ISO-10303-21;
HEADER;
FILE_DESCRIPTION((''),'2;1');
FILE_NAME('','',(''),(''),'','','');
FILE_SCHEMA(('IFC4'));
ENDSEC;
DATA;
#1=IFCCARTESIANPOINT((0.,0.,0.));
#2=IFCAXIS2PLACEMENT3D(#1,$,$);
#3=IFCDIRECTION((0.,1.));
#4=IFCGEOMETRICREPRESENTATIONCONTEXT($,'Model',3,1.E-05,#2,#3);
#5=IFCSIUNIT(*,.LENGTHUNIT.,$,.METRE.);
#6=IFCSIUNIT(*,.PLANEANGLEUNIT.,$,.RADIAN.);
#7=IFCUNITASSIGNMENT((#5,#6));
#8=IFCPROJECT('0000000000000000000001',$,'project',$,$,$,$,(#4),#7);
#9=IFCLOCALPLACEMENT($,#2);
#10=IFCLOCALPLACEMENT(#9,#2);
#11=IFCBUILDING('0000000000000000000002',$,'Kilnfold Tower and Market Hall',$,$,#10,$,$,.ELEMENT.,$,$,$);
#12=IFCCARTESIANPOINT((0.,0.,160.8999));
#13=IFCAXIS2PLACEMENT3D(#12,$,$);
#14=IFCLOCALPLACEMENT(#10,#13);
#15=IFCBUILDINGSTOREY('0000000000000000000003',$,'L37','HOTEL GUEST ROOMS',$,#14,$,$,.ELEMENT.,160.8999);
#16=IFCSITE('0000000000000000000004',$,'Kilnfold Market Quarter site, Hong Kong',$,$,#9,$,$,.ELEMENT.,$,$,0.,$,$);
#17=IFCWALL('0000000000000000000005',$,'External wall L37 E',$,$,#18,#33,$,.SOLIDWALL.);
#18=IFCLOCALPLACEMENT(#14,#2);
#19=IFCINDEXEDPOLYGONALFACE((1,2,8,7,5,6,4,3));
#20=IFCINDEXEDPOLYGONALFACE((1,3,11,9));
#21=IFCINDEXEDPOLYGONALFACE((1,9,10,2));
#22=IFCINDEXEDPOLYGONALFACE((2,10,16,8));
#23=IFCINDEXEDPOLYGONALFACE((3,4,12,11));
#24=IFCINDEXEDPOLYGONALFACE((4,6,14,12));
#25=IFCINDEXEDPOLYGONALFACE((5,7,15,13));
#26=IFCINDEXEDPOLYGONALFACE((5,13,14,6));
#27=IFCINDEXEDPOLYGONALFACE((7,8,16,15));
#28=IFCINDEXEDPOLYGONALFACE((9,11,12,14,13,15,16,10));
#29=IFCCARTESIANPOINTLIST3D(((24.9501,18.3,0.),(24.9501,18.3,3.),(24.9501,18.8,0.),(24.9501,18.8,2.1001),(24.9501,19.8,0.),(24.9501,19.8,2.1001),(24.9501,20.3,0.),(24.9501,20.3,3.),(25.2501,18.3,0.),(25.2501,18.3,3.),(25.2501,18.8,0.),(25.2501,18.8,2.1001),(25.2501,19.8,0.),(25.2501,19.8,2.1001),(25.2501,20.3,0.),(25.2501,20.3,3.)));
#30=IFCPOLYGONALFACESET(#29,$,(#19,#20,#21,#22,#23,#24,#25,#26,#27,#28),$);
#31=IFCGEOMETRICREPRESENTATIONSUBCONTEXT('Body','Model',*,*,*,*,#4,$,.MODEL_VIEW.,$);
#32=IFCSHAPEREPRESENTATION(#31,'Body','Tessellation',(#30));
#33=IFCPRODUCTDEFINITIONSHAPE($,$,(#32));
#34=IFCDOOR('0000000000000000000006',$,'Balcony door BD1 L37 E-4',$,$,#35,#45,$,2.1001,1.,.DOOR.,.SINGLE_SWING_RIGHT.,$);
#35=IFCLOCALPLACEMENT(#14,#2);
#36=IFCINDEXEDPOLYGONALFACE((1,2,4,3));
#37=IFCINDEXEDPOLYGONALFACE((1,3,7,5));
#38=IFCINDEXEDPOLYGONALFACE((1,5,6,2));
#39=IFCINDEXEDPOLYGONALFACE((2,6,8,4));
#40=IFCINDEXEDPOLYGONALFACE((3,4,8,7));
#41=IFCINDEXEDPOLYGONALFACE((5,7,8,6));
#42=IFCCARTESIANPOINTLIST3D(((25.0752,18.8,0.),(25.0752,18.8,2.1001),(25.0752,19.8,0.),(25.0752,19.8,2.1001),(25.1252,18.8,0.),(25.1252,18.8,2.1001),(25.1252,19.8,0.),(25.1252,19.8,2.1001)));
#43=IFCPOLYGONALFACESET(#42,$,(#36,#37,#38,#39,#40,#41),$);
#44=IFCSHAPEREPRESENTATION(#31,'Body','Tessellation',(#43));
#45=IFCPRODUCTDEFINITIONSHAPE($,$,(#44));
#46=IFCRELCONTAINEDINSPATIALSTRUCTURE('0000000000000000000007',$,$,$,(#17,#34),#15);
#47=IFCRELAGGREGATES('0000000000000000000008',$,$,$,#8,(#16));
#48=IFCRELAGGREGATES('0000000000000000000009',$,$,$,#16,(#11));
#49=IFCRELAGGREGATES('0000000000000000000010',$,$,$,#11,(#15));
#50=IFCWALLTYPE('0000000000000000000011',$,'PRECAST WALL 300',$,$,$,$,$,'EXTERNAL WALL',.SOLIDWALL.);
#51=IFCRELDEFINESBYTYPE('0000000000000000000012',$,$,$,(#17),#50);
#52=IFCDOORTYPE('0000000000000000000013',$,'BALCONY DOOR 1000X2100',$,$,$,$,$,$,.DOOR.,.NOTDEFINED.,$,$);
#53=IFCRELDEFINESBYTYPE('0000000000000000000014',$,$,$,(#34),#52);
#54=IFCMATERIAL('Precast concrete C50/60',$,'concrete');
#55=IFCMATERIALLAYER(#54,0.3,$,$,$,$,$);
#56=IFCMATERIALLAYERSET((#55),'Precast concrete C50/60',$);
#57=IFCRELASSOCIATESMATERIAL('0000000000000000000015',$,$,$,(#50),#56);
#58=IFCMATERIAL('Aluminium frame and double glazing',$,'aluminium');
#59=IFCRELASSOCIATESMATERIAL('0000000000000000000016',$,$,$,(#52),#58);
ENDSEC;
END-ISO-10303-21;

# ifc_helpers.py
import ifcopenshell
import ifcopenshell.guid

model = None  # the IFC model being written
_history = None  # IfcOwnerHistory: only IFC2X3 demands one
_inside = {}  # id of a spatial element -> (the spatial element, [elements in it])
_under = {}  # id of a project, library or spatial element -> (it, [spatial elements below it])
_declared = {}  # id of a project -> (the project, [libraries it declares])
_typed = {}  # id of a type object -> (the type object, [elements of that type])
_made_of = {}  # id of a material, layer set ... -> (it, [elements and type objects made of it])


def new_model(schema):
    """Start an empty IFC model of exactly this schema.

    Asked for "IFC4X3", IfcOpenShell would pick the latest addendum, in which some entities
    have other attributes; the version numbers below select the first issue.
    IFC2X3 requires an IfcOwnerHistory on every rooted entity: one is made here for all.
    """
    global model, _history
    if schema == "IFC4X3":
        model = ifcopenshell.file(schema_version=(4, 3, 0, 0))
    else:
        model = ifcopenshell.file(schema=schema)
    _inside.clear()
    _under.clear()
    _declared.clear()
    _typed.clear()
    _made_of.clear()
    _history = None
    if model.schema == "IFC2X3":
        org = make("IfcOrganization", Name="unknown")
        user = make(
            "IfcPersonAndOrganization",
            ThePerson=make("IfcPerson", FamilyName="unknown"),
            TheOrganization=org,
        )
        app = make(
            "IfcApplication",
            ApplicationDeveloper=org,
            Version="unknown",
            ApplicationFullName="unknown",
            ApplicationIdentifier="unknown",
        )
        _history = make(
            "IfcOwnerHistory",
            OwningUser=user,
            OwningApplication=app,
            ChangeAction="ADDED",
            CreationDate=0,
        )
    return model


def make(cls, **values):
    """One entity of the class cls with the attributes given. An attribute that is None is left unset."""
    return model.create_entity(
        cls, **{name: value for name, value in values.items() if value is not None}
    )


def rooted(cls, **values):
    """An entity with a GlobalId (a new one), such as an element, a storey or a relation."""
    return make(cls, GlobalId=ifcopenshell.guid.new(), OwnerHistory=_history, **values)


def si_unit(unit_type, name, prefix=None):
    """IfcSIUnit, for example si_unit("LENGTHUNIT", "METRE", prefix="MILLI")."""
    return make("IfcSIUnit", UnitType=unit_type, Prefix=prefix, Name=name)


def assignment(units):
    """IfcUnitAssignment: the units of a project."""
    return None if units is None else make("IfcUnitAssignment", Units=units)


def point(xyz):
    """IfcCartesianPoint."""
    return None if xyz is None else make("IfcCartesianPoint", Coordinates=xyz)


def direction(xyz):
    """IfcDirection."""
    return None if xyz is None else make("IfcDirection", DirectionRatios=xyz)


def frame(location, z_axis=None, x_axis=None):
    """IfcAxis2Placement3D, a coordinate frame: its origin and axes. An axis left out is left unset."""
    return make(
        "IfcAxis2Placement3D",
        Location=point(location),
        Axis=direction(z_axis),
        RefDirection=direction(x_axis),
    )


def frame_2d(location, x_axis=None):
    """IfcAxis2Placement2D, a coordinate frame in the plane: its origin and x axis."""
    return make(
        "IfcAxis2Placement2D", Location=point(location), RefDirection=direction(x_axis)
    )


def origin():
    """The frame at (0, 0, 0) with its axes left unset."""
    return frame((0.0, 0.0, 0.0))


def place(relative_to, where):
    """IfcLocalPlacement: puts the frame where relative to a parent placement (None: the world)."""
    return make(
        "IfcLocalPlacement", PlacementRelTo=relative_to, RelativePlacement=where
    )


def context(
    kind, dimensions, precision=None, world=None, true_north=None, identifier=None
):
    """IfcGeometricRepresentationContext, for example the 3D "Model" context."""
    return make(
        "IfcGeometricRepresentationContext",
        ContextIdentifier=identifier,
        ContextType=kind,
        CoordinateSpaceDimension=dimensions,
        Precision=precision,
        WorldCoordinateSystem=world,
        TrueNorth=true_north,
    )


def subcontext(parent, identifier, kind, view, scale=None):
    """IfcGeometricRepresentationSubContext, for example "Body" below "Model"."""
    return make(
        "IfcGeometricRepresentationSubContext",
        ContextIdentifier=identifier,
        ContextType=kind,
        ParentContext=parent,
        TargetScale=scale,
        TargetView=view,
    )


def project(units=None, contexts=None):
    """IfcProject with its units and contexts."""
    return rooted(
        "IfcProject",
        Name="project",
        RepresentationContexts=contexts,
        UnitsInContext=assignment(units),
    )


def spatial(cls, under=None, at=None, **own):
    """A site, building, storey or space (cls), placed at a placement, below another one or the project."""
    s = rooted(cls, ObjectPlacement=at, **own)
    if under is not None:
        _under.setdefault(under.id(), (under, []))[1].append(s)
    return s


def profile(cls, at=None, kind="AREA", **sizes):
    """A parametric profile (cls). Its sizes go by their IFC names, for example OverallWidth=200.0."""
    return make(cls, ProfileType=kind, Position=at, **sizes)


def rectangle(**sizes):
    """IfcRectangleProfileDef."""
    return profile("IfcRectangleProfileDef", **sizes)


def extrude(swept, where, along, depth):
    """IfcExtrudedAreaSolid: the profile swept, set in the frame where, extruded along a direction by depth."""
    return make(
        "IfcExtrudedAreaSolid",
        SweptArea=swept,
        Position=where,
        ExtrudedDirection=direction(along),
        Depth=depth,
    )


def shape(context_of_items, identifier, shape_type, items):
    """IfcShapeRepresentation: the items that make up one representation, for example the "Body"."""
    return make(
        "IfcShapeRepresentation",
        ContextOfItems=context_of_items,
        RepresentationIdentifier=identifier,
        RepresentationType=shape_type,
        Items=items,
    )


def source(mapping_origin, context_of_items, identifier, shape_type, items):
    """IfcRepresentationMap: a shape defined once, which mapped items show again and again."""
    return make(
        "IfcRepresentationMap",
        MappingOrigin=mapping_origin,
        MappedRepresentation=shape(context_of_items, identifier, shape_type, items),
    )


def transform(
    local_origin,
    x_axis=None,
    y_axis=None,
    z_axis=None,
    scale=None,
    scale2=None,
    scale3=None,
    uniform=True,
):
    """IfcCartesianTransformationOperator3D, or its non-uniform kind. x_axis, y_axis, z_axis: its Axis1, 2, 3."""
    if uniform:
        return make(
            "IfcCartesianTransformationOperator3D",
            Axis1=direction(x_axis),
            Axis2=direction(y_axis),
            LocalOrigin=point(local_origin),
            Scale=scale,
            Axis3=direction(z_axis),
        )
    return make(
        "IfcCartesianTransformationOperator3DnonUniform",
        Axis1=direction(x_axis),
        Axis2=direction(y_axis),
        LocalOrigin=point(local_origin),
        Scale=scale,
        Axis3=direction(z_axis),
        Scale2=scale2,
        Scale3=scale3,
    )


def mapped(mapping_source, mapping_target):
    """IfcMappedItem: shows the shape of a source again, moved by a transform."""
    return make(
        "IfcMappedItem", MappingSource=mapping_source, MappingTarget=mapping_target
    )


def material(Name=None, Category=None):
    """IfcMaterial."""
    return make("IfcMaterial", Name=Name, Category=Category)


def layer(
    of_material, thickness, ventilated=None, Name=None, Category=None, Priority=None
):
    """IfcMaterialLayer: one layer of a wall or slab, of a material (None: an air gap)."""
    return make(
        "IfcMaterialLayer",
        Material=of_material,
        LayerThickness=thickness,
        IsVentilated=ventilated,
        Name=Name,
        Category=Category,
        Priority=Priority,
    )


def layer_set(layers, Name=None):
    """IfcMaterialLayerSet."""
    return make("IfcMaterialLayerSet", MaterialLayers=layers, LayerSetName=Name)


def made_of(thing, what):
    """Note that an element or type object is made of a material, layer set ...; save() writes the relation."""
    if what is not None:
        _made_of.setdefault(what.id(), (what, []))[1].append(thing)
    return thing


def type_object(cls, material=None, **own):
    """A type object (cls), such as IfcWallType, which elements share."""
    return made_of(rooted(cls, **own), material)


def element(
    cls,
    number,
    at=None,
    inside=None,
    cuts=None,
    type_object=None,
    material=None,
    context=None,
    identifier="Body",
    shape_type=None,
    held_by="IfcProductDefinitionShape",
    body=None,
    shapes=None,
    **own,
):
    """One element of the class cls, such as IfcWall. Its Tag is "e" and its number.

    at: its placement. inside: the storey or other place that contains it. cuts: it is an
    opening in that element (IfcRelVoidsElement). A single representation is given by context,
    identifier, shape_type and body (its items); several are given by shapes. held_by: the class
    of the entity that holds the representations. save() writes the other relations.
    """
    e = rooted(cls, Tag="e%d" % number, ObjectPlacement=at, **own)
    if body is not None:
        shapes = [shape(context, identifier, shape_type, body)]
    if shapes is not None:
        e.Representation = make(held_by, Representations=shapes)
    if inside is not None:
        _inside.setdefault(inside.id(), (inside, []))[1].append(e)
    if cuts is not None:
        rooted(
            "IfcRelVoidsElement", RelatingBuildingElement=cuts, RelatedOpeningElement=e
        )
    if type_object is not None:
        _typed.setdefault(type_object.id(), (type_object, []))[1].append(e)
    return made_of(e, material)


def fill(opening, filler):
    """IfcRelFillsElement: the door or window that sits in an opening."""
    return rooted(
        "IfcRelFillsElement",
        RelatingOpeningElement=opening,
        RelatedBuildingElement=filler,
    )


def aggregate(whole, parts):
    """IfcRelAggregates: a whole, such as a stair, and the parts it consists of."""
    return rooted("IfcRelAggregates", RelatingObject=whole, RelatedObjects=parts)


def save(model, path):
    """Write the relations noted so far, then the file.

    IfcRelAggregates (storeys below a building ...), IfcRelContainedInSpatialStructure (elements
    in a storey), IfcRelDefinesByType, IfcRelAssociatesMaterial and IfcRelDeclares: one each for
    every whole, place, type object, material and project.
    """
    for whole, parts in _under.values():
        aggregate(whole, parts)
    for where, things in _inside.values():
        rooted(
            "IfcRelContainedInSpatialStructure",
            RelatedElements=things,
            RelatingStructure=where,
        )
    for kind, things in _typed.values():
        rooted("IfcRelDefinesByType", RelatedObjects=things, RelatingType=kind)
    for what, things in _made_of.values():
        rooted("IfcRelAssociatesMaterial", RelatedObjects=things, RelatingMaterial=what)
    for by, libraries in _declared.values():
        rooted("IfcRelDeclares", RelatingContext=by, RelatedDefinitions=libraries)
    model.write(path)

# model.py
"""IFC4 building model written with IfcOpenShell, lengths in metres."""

from ifc_helpers import new_model, si_unit, direction, frame, frame_2d, origin, place, context, subcontext, project, spatial, rectangle, extrude, source, transform, mapped, material, layer, layer_set, type_object, element, fill, save


model = new_model("IFC4")

# Units and contexts
model_context = context("Model", 3, precision=1e-05, world=origin(), true_north=direction((0.0, 1.0)))
body_context = subcontext(model_context, "Body", "Model", "MODEL_VIEW")
ifc_project = project(units=[si_unit("LENGTHUNIT", "METRE"), si_unit("PLANEANGLEUNIT", "RADIAN")], contexts=[model_context])

# Site, building, storey
site_placement = place(None, origin())
site = spatial("IfcSite", under=ifc_project, at=site_placement, Name="Kilnfold Market Quarter site, Hong Kong", CompositionType="ELEMENT", RefElevation=0.0)
building_placement = place(site_placement, origin())
building = spatial("IfcBuilding", under=site, at=building_placement, Name="Kilnfold Tower and Market Hall", CompositionType="ELEMENT")
storey_placement = place(building_placement, frame((0.0, 0.0, 160.8999)))
storey = spatial("IfcBuildingStorey", under=building, at=storey_placement, Name="L37", Description="HOTEL GUEST ROOMS", CompositionType="ELEMENT", Elevation=160.8999)

# Wall, opening, door
ifc_material_1 = material(Name="Precast concrete C50/60", Category="concrete")
ifc_layer_1 = layer(ifc_material_1, 0.3)
ifc_layer_set_1 = layer_set([ifc_layer_1], Name="Precast concrete C50/60")
wall_type_1 = type_object("IfcWallType", Name="PRECAST WALL 300", ElementType="EXTERNAL WALL", PredefinedType="SOLIDWALL", material=ifc_layer_set_1)
shared_shape_1 = source(origin(), body_context, "Body", "SweptSolid", [
    extrude(rectangle(XDim=2.0, YDim=0.3, at=frame_2d((1.0, 0.0))), origin(), (0.0, 0.0, 1.0), 3.0),
])
wall_1_placement = place(storey_placement, frame((25.1001, 18.3, 0.0), z_axis=(0.0, 0.0, 1.0), x_axis=(0.0, 1.0, 0.0)))
wall_1 = element("IfcWall", 1, at=wall_1_placement, inside=storey, type_object=wall_type_1, Name="External wall L37 E", PredefinedType="SOLIDWALL", context=body_context, shape_type="MappedRepresentation", body=[
    mapped(shared_shape_1, transform((0.0, 0.0, 0.0))),
])
opening_1_placement = place(wall_1_placement, frame((0.5, 0.0, 0.0)))
opening_1 = element("IfcOpeningElement", 2, at=opening_1_placement, cuts=wall_1, PredefinedType="OPENING", context=body_context, shape_type="SweptSolid", body=[
    extrude(rectangle(XDim=1.0, YDim=2.1001, at=frame_2d((0.5, 1.05))), frame((0.0, 0.1602, 0.0), z_axis=(0.0, -1.0, 0.0), x_axis=(1.0, 0.0, 0.0)), (0.0, 0.0, 1.0), 0.3201),
])
ifc_material_2 = material(Name="Aluminium frame and double glazing", Category="aluminium")
door_type_1 = type_object("IfcDoorType", Name="BALCONY DOOR 1000X2100", OperationType="NOTDEFINED", PredefinedType="DOOR", material=ifc_material_2)
door_1_placement = place(opening_1_placement, origin())
door_1 = element("IfcDoor", 3, at=door_1_placement, inside=storey, type_object=door_type_1, Name="Balcony door BD1 L37 E-4", OperationType="SINGLE_SWING_RIGHT", OverallHeight=2.1001, OverallWidth=1.0, PredefinedType="DOOR", context=body_context, shape_type="SweptSolid", body=[
    extrude(rectangle(XDim=1.0, YDim=2.1001, at=frame_2d((0.5, 1.05))), frame((0.0, 0.0249, 0.0), z_axis=(0.0, -1.0, 0.0), x_axis=(1.0, 0.0, 0.0)), (0.0, 0.0, 1.0), 0.05),
])
fill(opening_1, door_1)

save(model, "model.ifc")
